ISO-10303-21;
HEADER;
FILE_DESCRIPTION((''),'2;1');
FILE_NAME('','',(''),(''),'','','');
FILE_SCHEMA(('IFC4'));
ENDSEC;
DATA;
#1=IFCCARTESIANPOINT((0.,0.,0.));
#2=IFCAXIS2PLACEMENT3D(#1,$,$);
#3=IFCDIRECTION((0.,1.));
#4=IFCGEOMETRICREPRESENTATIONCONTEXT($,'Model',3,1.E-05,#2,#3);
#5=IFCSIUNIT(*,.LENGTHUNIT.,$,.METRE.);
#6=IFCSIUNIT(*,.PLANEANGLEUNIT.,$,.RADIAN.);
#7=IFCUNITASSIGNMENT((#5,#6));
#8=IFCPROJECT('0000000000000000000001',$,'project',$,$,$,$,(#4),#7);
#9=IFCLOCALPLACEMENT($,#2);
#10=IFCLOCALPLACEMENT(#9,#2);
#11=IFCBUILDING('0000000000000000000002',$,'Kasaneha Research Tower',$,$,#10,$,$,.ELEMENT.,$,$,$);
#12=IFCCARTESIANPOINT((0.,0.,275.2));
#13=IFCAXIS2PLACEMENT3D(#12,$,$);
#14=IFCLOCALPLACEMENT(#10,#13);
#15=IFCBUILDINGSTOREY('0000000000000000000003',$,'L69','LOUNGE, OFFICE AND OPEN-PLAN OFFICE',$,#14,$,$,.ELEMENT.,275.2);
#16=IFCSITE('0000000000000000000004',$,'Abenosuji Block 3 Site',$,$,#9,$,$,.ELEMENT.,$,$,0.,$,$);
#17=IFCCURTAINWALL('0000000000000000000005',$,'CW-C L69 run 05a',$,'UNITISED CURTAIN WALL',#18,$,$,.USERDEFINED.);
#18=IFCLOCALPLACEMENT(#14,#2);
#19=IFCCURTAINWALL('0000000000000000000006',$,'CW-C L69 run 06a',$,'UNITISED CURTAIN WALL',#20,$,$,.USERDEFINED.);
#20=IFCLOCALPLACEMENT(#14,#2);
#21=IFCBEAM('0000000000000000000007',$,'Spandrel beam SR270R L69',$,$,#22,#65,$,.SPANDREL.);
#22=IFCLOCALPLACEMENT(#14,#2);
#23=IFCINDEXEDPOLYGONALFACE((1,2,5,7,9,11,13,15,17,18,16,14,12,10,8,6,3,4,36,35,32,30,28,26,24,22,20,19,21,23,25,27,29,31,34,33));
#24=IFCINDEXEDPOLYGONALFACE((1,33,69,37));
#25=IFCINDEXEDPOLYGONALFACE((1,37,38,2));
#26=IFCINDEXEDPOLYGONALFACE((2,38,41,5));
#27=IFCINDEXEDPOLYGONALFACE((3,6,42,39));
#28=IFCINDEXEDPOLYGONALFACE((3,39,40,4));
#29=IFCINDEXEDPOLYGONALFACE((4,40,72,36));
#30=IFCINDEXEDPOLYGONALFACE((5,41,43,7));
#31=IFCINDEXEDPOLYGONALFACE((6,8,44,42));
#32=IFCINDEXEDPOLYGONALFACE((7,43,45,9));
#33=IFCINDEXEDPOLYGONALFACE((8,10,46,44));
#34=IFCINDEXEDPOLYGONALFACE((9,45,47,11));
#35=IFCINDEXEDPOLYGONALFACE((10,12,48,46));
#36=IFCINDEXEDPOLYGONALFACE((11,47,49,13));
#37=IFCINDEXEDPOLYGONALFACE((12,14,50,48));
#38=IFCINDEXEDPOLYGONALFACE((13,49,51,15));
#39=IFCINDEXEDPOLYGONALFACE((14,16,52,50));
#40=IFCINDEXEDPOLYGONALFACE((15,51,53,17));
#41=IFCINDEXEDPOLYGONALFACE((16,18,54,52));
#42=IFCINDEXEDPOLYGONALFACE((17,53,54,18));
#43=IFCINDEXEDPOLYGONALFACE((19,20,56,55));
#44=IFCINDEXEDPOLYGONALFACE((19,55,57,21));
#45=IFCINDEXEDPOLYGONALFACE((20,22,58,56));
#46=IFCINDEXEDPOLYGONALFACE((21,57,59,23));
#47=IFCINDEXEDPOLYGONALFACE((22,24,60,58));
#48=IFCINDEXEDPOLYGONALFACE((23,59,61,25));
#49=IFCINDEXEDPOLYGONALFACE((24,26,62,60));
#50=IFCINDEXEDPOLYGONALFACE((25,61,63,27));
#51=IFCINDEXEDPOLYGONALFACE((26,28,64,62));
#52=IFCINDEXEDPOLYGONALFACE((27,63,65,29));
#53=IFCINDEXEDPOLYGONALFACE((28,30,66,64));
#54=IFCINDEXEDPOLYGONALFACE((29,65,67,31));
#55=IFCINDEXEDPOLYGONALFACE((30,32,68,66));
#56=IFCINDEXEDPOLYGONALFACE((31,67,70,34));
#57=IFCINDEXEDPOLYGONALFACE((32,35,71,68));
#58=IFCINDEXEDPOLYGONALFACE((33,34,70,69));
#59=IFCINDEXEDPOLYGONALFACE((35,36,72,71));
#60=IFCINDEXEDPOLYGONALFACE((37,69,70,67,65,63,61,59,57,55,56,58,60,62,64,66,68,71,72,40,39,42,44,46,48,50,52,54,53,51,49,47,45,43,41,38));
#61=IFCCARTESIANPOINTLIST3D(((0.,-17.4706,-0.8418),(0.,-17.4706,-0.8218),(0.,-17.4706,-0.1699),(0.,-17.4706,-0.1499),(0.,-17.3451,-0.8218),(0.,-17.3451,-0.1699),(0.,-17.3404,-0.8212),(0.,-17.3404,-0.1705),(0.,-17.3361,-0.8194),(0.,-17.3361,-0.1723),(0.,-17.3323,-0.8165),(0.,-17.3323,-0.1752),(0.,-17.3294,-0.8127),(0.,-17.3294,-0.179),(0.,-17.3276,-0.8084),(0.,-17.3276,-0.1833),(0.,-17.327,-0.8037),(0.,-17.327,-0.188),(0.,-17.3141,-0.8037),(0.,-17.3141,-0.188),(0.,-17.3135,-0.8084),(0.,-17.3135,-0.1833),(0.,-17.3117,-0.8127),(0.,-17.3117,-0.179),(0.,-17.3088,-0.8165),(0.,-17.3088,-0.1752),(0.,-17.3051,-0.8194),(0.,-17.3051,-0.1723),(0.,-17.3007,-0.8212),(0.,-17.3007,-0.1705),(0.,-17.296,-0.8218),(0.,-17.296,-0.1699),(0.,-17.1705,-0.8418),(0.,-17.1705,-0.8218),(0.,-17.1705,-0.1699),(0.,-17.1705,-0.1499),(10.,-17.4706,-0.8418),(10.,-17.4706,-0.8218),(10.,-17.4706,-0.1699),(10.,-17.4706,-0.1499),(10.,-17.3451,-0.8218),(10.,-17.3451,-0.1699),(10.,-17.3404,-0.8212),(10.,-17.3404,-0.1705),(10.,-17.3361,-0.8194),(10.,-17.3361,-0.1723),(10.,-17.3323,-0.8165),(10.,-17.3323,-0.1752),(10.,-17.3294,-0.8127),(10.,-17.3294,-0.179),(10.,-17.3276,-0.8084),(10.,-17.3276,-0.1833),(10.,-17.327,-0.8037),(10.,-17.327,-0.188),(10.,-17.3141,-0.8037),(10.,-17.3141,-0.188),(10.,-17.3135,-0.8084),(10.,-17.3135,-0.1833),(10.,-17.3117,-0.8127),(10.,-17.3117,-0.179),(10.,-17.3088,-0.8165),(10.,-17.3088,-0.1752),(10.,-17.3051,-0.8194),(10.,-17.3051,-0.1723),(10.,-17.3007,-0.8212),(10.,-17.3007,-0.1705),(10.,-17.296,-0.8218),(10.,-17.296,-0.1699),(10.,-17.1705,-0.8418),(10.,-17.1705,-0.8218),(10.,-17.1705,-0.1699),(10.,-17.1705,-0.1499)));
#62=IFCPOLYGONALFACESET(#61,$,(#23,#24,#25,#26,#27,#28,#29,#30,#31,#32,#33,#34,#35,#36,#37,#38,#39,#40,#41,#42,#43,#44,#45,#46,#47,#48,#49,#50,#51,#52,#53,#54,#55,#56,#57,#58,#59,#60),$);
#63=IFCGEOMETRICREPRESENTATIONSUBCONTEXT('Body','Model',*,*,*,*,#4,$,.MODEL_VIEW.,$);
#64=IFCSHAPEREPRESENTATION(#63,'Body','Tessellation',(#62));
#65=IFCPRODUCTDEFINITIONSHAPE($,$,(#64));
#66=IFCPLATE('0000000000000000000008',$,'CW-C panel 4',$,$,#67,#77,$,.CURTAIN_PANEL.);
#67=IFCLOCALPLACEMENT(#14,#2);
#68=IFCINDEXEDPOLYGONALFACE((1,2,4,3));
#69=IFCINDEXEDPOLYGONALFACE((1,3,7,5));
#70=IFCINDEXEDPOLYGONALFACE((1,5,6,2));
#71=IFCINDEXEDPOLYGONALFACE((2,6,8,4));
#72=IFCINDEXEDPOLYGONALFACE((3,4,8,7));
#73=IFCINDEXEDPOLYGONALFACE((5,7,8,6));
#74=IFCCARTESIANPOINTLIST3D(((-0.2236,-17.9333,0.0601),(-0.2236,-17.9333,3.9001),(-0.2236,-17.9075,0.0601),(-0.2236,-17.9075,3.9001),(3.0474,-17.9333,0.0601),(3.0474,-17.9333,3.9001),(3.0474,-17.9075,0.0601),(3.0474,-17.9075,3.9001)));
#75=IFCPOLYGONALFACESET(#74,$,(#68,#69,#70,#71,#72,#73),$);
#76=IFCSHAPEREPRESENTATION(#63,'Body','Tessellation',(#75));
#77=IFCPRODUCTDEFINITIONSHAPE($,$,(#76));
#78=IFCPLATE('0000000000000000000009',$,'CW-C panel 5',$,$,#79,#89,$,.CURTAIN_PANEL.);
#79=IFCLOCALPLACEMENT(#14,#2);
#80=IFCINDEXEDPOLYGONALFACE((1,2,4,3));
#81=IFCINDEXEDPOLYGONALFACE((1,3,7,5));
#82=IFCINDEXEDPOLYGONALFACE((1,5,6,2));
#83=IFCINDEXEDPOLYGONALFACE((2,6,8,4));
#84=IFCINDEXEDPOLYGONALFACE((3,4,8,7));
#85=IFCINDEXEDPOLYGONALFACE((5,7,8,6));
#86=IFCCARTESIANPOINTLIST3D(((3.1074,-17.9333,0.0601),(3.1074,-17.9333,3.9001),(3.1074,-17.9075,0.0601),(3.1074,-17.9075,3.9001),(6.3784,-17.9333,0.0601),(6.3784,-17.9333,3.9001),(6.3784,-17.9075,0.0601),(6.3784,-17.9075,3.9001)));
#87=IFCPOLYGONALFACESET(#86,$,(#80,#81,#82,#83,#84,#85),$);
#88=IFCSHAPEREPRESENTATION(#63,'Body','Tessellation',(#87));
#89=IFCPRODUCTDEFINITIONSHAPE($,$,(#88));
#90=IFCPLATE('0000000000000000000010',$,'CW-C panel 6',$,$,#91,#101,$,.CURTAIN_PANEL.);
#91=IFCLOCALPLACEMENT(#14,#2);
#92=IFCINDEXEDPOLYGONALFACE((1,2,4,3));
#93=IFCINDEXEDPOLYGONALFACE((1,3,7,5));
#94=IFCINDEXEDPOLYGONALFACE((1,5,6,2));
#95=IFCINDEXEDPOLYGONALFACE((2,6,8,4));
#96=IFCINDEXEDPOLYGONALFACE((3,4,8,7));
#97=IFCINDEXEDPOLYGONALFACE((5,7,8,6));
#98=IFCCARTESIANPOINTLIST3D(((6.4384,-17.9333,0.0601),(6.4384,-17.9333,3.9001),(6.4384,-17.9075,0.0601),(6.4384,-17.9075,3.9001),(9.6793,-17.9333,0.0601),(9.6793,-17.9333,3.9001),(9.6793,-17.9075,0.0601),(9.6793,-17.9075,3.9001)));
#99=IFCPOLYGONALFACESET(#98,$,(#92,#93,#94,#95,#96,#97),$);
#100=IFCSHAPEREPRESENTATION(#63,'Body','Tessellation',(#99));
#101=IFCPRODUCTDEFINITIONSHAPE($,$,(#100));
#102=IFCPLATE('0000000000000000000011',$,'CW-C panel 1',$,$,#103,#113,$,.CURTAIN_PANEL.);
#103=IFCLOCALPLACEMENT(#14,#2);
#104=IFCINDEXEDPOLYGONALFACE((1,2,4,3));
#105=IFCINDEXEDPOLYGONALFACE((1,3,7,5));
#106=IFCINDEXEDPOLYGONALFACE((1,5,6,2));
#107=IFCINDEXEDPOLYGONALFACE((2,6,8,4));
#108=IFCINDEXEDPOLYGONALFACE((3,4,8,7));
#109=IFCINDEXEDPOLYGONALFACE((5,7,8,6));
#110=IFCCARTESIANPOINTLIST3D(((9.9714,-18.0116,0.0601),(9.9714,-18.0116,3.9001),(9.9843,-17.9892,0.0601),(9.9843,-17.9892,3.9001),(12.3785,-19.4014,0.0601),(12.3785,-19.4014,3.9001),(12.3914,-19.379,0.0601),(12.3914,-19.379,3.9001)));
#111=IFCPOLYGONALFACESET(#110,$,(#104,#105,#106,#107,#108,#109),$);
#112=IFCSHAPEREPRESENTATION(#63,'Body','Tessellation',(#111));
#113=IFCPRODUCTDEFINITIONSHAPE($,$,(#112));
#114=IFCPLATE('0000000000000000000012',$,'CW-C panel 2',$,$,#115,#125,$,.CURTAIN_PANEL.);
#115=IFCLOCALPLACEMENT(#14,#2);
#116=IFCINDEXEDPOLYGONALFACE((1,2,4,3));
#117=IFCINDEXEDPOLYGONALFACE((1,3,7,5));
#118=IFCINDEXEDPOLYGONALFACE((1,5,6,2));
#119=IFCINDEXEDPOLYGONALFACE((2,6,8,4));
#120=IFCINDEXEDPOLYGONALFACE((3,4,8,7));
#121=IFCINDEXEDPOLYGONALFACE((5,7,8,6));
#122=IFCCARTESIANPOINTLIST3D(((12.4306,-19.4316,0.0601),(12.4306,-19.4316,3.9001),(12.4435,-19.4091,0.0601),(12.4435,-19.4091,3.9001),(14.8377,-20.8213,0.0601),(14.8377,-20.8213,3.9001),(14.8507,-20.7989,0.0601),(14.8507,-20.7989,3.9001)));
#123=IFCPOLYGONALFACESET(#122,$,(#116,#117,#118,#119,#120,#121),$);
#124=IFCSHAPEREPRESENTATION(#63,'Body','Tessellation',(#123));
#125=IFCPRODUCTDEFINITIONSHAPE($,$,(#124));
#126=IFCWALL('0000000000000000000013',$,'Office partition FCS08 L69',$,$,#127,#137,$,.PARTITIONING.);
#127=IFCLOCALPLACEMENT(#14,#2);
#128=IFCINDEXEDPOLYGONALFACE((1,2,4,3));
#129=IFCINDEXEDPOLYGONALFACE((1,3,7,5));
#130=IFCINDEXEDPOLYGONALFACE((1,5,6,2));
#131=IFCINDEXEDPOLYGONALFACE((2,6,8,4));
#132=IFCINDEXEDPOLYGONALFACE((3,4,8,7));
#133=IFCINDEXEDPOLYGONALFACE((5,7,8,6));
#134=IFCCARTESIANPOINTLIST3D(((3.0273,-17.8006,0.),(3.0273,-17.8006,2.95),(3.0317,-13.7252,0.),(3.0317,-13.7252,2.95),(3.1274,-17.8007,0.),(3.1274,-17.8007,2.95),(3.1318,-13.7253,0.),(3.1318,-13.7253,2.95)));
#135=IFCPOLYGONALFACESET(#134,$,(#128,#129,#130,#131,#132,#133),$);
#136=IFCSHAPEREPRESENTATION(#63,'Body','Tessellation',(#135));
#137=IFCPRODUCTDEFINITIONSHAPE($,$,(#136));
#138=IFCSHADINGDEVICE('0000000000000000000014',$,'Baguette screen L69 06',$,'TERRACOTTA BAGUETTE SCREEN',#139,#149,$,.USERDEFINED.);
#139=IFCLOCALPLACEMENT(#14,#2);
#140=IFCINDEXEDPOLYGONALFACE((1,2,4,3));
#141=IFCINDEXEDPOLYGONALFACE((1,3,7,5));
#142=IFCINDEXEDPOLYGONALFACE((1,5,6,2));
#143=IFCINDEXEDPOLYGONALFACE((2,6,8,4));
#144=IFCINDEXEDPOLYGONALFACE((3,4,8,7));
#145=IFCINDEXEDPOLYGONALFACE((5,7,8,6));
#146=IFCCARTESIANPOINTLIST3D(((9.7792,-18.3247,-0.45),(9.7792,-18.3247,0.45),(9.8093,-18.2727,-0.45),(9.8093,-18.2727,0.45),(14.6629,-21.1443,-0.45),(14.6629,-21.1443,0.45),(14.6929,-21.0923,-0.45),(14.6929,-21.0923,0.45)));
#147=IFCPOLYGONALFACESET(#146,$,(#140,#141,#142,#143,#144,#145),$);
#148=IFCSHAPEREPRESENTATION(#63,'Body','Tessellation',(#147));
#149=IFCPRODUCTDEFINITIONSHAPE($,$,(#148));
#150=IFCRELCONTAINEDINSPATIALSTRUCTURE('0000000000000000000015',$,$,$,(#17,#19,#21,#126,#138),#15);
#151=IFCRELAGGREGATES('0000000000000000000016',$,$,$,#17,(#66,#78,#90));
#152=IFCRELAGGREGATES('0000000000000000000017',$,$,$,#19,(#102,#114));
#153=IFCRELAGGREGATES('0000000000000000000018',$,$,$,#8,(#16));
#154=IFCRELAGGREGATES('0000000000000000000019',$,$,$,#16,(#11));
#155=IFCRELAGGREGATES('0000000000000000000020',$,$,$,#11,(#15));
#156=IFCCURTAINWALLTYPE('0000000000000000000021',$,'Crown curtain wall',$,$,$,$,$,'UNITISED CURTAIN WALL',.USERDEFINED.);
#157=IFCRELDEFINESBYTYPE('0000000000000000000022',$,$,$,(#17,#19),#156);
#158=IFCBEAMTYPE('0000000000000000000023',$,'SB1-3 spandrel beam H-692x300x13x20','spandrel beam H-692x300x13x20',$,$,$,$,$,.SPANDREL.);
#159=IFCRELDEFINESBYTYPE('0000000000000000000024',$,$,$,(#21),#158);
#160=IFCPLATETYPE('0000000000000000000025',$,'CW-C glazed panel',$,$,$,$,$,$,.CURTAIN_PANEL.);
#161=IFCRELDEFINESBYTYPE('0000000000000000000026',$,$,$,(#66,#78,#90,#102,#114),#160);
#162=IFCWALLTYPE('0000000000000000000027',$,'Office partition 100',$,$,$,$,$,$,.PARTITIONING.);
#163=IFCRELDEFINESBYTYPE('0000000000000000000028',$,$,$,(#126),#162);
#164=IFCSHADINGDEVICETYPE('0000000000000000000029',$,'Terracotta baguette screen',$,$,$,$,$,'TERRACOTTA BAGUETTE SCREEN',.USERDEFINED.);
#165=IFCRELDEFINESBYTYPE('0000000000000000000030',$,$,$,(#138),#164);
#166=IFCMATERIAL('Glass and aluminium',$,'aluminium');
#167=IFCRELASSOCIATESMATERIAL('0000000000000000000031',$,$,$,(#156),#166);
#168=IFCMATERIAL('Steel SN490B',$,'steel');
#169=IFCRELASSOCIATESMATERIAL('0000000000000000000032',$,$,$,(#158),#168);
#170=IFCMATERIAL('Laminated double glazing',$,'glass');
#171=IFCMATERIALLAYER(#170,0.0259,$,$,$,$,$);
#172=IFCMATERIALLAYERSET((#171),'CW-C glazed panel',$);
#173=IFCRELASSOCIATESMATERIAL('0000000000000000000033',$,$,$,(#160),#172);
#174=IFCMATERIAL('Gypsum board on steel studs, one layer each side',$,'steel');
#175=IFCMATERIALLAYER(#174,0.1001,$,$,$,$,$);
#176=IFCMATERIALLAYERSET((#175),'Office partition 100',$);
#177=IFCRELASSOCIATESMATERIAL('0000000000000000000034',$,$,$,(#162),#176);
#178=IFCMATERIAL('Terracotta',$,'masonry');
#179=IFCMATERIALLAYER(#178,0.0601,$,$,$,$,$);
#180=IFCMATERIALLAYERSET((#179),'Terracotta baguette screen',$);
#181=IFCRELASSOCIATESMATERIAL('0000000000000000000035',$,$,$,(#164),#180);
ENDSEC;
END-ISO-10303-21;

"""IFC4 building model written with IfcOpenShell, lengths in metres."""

from ifc_helpers import new_model, si_unit, direction, frame, frame_2d, origin, origin_2d, place, context, subcontext, project, spatial, rectangle, i_section, extrude, material, layer, layer_set, material_profile, profile_set, type_object, element, aggregate, save


model = new_model("IFC4")

# Units and contexts
model_context = context("Model", 3, precision=1e-05, world=origin(), true_north=direction((0.0, 1.0)))
body_context = subcontext(model_context, "Body", "Model", "MODEL_VIEW")
ifc_project = project(units=[si_unit("LENGTHUNIT", "METRE"), si_unit("PLANEANGLEUNIT", "RADIAN")], contexts=[model_context])

# Site, building, storey
site_placement = place(None, origin())
site = spatial("IfcSite", under=ifc_project, at=site_placement, Name="Abenosuji Block 3 Site", CompositionType="ELEMENT", RefElevation=0.0)
building_placement = place(site_placement, origin())
building = spatial("IfcBuilding", under=site, at=building_placement, Name="Kasaneha Research Tower", CompositionType="ELEMENT")
storey_placement = place(building_placement, frame((0.0, 0.0, 275.2)))
storey = spatial("IfcBuildingStorey", under=building, at=storey_placement, Name="L69", Description="LOUNGE, OFFICE AND OPEN-PLAN OFFICE", CompositionType="ELEMENT", Elevation=275.2)

# Curtain walls
ifc_material_1 = material(Name="Glass and aluminium", Category="aluminium")
curtain_wall_type = type_object("IfcCurtainWallType", Name="Crown curtain wall", ElementType="UNITISED CURTAIN WALL", PredefinedType="USERDEFINED", material=ifc_material_1)
curtain_wall_1_placement = place(storey_placement, origin())
curtain_wall_1 = element("IfcCurtainWall", 1, at=curtain_wall_1_placement, inside=storey, type_object=curtain_wall_type, Name="CW-C L69 run 05a", ObjectType="UNITISED CURTAIN WALL", PredefinedType="USERDEFINED")
curtain_wall_2_placement = place(storey_placement, origin())
curtain_wall_2 = element("IfcCurtainWall", 2, at=curtain_wall_2_placement, inside=storey, type_object=curtain_wall_type, Name="CW-C L69 run 06a", ObjectType="UNITISED CURTAIN WALL", PredefinedType="USERDEFINED")

# Beam
ifc_material_2 = material(Name="Steel SN490B", Category="steel")
ifc_material_profile_1 = material_profile(ifc_material_2, i_section(OverallWidth=0.3, OverallDepth=0.6919, WebThickness=0.0129, FlangeThickness=0.02, FilletRadius=0.0181, at=origin_2d()), Name="H-692x300x13x20")
ifc_profile_set_1 = profile_set([ifc_material_profile_1], Name="Steel SN490B")
beam_type_1 = type_object("IfcBeamType", Name="SB1-3 spandrel beam H-692x300x13x20", Description="spandrel beam H-692x300x13x20", PredefinedType="SPANDREL", material=ifc_profile_set_1)
beam_1_placement = place(storey_placement, frame((10.0, -17.3206, -0.4958), z_axis=(-1.0, 0.0, 0.0), x_axis=(0.0, -1.0, 0.0)))
element("IfcBeam", 3, at=beam_1_placement, inside=storey, type_object=beam_type_1, Name="Spandrel beam SR270R L69", PredefinedType="SPANDREL", context=body_context, shape_type="SweptSolid", body=[
    extrude(i_section(OverallWidth=0.3, OverallDepth=0.6919, WebThickness=0.0129, FlangeThickness=0.02, FilletRadius=0.0181, at=origin_2d()), origin(), (0.0, 0.0, 1.0), 10.0),
])

# Plates
ifc_material_3 = material(Name="Laminated double glazing", Category="glass")
ifc_layer_1 = layer(ifc_material_3, 0.0259)
ifc_layer_set_1 = layer_set([ifc_layer_1], Name="CW-C glazed panel")
plate_type = type_object("IfcPlateType", Name="CW-C glazed panel", PredefinedType="CURTAIN_PANEL", material=ifc_layer_set_1)
plate_1_placement = place(storey_placement, frame((1.4119, -17.9204, 0.0601), z_axis=(0.0, 0.0, 1.0), x_axis=(1.0, 0.0, 0.0)))
plate_1 = element("IfcPlate", 4, at=plate_1_placement, type_object=plate_type, Name="CW-C panel 4", PredefinedType="CURTAIN_PANEL", context=body_context, shape_type="SweptSolid", body=[
    extrude(rectangle(XDim=3.271, YDim=0.0259, at=origin_2d()), origin(), (0.0, 0.0, 1.0), 3.8401),
])
plate_2_placement = place(storey_placement, frame((4.7429, -17.9204, 0.0601), z_axis=(0.0, 0.0, 1.0), x_axis=(1.0, 0.0, 0.0)))
plate_2 = element("IfcPlate", 5, at=plate_2_placement, type_object=plate_type, Name="CW-C panel 5", PredefinedType="CURTAIN_PANEL", context=body_context, shape_type="SweptSolid", body=[
    extrude(rectangle(XDim=3.271, YDim=0.0259, at=origin_2d()), origin(), (0.0, 0.0, 1.0), 3.8401),
])
plate_3_placement = place(storey_placement, frame((8.0588, -17.9204, 0.0601), z_axis=(0.0, 0.0, 1.0), x_axis=(1.0, 0.0, 0.0)))
plate_3 = element("IfcPlate", 6, at=plate_3_placement, type_object=plate_type, Name="CW-C panel 6", PredefinedType="CURTAIN_PANEL", context=body_context, shape_type="SweptSolid", body=[
    extrude(rectangle(XDim=3.241, YDim=0.0259, at=origin_2d()), origin(), (0.0, 0.0, 1.0), 3.8401),
])
aggregate(curtain_wall_1, [plate_1, plate_2, plate_3])
plate_4_placement = place(storey_placement, frame((11.1814, -18.6953, 0.0601), z_axis=(0.0, 0.0, 1.0), x_axis=(0.866025, -0.5, 0.0)))
plate_4 = element("IfcPlate", 7, at=plate_4_placement, type_object=plate_type, Name="CW-C panel 1", PredefinedType="CURTAIN_PANEL", context=body_context, shape_type="SweptSolid", body=[
    extrude(rectangle(XDim=2.7795, YDim=0.0259, at=origin_2d()), origin(), (0.0, 0.0, 1.0), 3.8401),
])
plate_5_placement = place(storey_placement, frame((13.6406, -20.1152, 0.0601), z_axis=(0.0, 0.0, 1.0), x_axis=(0.866025, -0.5, 0.0)))
plate_5 = element("IfcPlate", 8, at=plate_5_placement, type_object=plate_type, Name="CW-C panel 2", PredefinedType="CURTAIN_PANEL", context=body_context, shape_type="SweptSolid", body=[
    extrude(rectangle(XDim=2.7795, YDim=0.0259, at=origin_2d()), origin(), (0.0, 0.0, 1.0), 3.8401),
])
aggregate(curtain_wall_2, [plate_4, plate_5])

# Wall
ifc_material_4 = material(Name="Gypsum board on steel studs, one layer each side", Category="steel")
ifc_layer_2 = layer(ifc_material_4, 0.1001)
ifc_layer_set_2 = layer_set([ifc_layer_2], Name="Office partition 100")
wall_type = type_object("IfcWallType", Name="Office partition 100", PredefinedType="PARTITIONING", material=ifc_layer_set_2)
wall_placement = place(storey_placement, frame((3.0774, -17.8005, 0.0), z_axis=(0.0, 0.0, 1.0), x_axis=(0.001078, 0.999999, 0.0)))
element("IfcWall", 9, at=wall_placement, inside=storey, type_object=wall_type, Name="Office partition FCS08 L69", PredefinedType="PARTITIONING", context=body_context, shape_type="SweptSolid", body=[
    extrude(rectangle(XDim=4.0754, YDim=0.1001, at=frame_2d((2.0376, 0.0))), origin(), (0.0, 0.0, 1.0), 2.95),
])

# Shading device
ifc_material_5 = material(Name="Terracotta", Category="masonry")
ifc_layer_3 = layer(ifc_material_5, 0.0601)
ifc_layer_set_3 = layer_set([ifc_layer_3], Name="Terracotta baguette screen")
shading_device_type = type_object("IfcShadingDeviceType", Name="Terracotta baguette screen", ElementType="TERRACOTTA BAGUETTE SCREEN", PredefinedType="USERDEFINED", material=ifc_layer_set_3)
shading_device_placement = place(storey_placement, frame((12.2361, -19.7085, -0.45), z_axis=(0.0, 0.0, 1.0), x_axis=(0.866025, -0.5, 0.0)))
element("IfcShadingDevice", 10, at=shading_device_placement, inside=storey, type_object=shading_device_type, Name="Baguette screen L69 06", ObjectType="TERRACOTTA BAGUETTE SCREEN", PredefinedType="USERDEFINED", context=body_context, shape_type="SweptSolid", body=[
    extrude(rectangle(XDim=5.6392, YDim=0.0601, at=origin_2d()), origin(), (0.0, 0.0, 1.0), 0.8999),
])

save(model, "model.ifc")
